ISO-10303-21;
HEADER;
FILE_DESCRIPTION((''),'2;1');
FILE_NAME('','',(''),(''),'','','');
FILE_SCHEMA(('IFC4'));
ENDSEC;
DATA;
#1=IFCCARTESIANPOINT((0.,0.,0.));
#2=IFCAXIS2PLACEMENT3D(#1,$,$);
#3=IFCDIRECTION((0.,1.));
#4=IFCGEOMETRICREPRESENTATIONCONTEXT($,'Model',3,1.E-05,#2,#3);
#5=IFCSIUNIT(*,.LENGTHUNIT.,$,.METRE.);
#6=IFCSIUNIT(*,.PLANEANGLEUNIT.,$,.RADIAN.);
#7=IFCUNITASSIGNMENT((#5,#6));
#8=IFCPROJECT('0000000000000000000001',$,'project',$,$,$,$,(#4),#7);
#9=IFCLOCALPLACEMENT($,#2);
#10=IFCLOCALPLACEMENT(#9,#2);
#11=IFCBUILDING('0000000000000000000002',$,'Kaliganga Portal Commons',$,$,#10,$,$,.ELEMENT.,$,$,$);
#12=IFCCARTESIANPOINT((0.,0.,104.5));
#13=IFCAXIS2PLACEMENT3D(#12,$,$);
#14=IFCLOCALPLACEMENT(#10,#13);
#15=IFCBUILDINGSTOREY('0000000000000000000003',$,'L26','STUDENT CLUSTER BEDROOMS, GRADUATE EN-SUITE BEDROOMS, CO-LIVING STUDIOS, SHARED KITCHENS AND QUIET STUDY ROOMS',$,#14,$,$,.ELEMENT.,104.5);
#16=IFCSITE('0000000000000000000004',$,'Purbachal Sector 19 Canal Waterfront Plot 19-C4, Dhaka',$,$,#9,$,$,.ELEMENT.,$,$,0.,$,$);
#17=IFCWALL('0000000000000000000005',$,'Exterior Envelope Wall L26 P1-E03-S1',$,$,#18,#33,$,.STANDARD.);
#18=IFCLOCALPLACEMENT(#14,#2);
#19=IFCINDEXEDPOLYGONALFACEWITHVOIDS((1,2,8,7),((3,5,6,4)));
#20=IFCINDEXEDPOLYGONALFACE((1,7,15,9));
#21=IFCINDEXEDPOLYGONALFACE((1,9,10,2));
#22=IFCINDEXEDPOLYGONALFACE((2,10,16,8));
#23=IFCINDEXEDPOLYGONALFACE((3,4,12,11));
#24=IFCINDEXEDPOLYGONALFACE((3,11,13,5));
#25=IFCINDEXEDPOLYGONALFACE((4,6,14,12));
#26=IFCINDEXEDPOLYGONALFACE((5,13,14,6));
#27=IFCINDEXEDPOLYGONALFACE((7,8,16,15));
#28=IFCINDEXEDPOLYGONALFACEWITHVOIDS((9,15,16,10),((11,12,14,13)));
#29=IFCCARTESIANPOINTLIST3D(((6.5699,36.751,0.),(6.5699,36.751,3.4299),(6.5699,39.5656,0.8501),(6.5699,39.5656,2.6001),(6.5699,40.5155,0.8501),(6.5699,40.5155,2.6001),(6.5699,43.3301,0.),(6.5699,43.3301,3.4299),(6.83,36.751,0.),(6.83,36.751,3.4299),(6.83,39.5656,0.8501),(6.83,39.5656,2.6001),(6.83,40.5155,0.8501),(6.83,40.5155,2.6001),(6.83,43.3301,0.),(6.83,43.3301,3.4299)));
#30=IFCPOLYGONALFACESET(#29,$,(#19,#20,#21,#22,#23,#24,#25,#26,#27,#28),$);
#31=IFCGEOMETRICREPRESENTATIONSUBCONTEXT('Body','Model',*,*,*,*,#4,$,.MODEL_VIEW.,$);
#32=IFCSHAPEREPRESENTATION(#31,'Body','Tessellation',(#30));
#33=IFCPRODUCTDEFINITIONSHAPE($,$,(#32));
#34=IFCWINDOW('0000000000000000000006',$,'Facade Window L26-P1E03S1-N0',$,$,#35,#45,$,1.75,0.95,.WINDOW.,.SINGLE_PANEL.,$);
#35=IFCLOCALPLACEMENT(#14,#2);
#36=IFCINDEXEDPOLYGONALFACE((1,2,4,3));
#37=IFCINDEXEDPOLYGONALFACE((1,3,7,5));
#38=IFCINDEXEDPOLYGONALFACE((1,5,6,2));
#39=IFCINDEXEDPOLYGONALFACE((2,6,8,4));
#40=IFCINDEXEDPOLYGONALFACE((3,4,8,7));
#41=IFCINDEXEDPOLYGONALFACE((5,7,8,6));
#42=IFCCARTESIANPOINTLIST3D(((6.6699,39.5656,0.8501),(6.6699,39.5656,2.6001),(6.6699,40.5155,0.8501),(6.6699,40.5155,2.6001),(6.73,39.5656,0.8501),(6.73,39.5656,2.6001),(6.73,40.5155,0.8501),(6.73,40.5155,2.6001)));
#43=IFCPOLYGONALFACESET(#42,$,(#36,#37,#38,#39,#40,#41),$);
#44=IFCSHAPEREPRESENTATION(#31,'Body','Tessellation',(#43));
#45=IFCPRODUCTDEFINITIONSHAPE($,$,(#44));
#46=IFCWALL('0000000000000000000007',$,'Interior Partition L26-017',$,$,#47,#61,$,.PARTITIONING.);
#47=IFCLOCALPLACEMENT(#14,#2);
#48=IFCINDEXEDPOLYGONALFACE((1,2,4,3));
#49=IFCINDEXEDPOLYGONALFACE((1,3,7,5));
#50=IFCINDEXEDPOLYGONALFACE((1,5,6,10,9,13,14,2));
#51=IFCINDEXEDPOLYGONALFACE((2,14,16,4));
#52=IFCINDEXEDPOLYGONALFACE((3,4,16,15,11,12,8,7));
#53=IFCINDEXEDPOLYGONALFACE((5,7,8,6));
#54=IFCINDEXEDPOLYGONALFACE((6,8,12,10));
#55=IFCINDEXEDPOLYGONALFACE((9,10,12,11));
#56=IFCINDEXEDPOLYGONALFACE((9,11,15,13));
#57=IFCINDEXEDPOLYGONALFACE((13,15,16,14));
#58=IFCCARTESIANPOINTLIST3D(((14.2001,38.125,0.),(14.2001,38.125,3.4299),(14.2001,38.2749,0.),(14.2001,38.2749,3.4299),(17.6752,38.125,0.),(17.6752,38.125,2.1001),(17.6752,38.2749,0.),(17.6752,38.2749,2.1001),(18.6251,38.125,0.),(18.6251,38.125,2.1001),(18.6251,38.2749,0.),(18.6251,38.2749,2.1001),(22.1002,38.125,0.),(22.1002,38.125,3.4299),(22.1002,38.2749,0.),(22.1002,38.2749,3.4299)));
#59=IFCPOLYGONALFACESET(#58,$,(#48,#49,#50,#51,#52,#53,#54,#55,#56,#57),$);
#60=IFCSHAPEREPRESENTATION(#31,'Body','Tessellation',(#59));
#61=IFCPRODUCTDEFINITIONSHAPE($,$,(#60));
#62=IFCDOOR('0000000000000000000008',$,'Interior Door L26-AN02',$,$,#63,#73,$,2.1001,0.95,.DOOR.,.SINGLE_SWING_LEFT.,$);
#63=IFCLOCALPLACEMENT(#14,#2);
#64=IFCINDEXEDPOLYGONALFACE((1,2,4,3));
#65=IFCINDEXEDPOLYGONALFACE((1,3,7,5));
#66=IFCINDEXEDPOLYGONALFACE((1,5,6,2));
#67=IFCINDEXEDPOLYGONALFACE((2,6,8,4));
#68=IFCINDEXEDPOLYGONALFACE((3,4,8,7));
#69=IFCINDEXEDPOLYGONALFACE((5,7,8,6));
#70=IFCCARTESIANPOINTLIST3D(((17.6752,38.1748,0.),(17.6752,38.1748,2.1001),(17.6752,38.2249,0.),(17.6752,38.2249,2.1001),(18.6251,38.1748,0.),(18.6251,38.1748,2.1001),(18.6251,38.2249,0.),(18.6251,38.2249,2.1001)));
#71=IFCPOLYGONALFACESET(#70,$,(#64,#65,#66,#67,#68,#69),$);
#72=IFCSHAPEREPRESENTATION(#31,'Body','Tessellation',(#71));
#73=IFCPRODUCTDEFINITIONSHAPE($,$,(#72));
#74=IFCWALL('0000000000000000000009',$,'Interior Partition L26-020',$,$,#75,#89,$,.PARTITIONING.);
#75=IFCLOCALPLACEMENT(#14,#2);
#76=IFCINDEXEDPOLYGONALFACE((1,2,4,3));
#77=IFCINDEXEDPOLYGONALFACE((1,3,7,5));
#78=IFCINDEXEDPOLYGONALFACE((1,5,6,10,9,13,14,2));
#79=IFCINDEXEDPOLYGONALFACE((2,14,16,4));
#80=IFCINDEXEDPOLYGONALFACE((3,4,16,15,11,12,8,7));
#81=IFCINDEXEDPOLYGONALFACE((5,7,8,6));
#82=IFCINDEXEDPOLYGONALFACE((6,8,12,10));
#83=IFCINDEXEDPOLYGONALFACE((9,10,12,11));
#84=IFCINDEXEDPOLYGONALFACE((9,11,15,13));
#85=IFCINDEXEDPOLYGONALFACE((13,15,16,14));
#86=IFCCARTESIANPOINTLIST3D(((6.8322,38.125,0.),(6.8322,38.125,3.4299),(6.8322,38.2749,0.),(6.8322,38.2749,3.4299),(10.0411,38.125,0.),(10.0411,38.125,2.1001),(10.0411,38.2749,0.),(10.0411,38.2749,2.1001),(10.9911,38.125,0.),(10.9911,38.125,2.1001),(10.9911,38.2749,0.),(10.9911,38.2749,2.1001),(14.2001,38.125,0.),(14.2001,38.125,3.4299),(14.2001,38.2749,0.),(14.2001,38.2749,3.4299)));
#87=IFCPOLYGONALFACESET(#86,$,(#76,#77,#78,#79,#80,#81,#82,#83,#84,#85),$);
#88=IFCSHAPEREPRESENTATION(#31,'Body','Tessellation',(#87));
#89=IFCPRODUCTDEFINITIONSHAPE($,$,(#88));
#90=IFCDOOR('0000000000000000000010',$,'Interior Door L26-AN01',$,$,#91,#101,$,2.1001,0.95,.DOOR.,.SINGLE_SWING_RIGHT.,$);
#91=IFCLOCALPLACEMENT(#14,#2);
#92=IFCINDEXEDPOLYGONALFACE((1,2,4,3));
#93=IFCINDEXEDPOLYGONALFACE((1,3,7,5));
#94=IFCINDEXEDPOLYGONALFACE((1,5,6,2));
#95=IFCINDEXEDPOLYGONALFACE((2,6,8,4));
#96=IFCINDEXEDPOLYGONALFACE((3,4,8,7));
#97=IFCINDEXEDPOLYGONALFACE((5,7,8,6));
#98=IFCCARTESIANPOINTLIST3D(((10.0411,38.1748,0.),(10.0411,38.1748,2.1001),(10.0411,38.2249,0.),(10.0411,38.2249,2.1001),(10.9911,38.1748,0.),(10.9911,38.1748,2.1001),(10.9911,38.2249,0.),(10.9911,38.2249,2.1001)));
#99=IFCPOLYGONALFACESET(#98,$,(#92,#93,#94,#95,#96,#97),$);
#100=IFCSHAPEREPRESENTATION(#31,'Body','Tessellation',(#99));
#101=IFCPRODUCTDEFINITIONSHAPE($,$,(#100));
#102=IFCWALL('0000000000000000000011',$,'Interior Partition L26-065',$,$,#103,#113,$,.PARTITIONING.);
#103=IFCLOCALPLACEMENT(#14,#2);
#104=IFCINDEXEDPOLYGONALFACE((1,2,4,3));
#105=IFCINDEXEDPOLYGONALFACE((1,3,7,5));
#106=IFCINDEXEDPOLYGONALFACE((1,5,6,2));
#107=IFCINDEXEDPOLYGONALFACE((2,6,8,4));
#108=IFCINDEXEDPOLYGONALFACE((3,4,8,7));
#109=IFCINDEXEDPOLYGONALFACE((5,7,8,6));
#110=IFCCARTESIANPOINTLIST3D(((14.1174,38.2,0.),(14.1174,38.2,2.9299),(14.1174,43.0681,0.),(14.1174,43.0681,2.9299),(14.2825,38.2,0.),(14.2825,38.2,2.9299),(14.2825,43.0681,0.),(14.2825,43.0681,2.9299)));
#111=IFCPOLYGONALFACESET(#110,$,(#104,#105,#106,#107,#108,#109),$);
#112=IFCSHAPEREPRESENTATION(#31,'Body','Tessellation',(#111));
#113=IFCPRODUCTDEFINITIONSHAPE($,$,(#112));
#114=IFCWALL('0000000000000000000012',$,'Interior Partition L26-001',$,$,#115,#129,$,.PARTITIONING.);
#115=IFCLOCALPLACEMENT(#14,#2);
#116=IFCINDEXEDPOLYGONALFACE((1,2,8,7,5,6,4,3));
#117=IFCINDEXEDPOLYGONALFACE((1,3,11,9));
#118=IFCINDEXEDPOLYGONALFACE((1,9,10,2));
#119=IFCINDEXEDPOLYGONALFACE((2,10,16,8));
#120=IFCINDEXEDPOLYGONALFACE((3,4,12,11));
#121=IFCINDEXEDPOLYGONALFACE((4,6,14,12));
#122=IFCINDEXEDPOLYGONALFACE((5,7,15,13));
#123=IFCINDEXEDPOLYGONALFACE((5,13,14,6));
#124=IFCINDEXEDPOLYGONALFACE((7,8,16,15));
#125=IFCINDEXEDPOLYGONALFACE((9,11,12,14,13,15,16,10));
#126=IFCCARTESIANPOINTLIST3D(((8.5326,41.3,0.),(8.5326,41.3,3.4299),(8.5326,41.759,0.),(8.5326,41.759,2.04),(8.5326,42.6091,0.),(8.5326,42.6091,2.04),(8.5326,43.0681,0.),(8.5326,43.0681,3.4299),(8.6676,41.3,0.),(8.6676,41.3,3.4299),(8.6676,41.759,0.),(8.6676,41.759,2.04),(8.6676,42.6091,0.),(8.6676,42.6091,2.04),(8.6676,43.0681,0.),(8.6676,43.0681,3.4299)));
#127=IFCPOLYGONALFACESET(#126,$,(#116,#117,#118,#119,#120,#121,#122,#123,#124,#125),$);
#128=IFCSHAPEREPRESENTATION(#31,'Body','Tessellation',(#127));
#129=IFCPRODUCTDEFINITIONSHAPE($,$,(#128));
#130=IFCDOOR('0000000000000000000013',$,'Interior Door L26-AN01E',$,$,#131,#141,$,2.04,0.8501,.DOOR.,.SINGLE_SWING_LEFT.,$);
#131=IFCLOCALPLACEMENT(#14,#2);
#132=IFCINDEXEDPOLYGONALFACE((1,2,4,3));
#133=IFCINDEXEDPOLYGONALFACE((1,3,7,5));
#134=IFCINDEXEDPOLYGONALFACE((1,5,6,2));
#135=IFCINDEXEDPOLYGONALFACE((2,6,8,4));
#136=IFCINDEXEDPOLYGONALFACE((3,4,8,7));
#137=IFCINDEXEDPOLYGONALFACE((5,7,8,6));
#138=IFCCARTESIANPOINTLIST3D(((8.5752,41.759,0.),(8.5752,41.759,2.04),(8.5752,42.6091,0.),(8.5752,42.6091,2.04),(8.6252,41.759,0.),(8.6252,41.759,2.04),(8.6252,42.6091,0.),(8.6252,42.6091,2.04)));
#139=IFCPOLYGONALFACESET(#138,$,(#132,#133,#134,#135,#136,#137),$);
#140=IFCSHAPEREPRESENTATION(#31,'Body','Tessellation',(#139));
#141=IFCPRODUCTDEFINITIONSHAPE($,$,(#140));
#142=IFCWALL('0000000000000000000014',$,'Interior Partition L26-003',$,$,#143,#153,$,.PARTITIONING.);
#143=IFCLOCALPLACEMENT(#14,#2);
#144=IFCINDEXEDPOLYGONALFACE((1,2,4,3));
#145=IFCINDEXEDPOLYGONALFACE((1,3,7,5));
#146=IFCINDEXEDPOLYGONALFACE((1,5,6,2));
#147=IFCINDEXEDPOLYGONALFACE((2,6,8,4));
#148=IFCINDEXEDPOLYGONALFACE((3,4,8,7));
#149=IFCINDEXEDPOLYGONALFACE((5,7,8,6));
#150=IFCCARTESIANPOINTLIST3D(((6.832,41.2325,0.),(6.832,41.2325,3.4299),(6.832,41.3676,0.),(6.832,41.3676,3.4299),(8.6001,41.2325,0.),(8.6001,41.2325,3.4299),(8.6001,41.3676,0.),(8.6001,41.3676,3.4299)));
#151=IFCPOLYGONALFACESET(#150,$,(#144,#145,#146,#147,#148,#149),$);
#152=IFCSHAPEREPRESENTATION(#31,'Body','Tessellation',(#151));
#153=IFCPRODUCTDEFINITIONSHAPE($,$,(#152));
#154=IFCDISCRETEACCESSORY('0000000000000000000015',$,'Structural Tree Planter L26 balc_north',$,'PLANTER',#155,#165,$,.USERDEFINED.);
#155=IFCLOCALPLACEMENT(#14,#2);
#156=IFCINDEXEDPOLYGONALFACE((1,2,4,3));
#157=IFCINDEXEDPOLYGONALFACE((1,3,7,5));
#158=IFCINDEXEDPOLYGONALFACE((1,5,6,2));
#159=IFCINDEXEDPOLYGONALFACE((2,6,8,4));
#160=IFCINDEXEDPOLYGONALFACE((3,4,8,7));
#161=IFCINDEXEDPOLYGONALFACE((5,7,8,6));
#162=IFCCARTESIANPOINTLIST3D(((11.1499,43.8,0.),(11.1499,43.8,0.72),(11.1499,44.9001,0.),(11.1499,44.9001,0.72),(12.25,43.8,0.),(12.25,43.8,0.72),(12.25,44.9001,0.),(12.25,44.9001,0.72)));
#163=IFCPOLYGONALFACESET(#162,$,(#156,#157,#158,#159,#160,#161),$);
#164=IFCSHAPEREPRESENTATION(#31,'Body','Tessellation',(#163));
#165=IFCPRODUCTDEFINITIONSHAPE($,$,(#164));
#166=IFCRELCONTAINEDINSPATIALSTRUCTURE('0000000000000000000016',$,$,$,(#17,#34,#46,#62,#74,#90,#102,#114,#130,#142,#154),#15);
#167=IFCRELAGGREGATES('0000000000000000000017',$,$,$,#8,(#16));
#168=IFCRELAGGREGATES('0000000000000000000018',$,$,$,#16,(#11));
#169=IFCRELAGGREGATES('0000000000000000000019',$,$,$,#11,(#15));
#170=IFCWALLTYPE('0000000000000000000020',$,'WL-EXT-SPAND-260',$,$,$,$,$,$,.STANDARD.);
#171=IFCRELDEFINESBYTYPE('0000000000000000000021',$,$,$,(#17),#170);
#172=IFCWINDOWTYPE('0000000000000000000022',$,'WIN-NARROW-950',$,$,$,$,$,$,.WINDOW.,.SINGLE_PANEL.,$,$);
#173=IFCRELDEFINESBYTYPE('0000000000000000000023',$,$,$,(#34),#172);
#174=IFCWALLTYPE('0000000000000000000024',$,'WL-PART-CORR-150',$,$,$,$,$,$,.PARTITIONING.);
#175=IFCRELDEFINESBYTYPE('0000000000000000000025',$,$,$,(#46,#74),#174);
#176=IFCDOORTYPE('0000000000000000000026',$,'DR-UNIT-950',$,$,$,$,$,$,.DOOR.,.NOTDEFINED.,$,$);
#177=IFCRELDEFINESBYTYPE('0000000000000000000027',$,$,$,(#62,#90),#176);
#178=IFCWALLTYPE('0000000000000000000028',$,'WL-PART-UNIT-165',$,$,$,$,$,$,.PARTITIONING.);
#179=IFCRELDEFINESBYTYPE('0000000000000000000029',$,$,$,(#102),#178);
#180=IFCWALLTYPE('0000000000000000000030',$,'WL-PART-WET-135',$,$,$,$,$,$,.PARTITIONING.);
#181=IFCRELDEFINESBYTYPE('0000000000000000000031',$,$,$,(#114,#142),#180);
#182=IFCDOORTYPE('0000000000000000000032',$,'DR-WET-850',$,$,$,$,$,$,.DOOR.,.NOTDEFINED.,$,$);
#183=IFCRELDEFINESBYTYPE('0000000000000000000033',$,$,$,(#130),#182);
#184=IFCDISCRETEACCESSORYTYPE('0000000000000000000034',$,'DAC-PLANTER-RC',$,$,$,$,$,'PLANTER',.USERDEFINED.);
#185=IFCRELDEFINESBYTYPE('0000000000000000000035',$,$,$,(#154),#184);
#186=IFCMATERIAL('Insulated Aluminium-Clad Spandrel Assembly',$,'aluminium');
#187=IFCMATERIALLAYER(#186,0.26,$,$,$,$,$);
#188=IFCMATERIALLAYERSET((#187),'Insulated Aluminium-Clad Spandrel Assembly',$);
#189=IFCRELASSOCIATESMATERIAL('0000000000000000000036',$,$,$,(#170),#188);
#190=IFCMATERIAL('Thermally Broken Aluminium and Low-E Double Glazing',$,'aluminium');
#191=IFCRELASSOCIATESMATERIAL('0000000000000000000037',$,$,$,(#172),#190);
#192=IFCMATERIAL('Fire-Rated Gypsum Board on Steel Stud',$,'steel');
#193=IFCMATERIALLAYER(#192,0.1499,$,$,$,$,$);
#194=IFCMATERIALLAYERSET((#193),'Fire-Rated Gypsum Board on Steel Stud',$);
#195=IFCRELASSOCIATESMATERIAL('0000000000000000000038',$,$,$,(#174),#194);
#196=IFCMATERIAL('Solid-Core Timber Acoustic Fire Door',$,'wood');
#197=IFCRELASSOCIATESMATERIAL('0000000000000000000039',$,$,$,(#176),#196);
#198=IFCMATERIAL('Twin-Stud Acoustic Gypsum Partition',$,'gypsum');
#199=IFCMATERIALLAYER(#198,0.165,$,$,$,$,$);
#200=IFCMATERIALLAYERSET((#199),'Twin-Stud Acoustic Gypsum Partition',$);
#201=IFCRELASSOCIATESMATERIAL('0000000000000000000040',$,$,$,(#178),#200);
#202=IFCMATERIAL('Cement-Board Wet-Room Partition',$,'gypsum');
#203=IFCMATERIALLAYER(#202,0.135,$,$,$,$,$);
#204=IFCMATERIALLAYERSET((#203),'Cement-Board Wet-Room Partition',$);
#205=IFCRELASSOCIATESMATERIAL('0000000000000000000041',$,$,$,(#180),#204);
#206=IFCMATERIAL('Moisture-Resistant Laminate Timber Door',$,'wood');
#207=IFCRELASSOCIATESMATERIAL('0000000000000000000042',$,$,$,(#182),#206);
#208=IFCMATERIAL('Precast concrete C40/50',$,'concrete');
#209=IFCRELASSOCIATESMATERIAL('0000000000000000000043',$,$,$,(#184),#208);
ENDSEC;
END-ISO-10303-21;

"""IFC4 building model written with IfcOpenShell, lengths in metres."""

from ifc_helpers import new_model, si_unit, direction, frame, frame_2d, origin, origin_2d, place, context, subcontext, project, spatial, rectangle, extrude, source, transform, mapped, material, layer, layer_set, type_object, element, fill, save


model = new_model("IFC4")

# Units and contexts
model_context = context("Model", 3, precision=1e-05, world=origin(), true_north=direction((0.0, 1.0)))
body_context = subcontext(model_context, "Body", "Model", "MODEL_VIEW")
ifc_project = project(units=[si_unit("LENGTHUNIT", "METRE"), si_unit("PLANEANGLEUNIT", "RADIAN")], contexts=[model_context])

# Site, building, storey
site_placement = place(None, origin())
site = spatial("IfcSite", under=ifc_project, at=site_placement, Name="Purbachal Sector 19 Canal Waterfront Plot 19-C4, Dhaka", CompositionType="ELEMENT", RefElevation=0.0)
building_placement = place(site_placement, origin())
building = spatial("IfcBuilding", under=site, at=building_placement, Name="Kaliganga Portal Commons", CompositionType="ELEMENT")
storey_placement = place(building_placement, frame((0.0, 0.0, 104.5)))
storey = spatial("IfcBuildingStorey", under=building, at=storey_placement, Name="L26", Description="STUDENT CLUSTER BEDROOMS, GRADUATE EN-SUITE BEDROOMS, CO-LIVING STUDIOS, SHARED KITCHENS AND QUIET STUDY ROOMS", CompositionType="ELEMENT", Elevation=104.5)

# Shared definitions
ifc_material_1 = material(Name="Insulated Aluminium-Clad Spandrel Assembly", Category="aluminium")
ifc_layer_1 = layer(ifc_material_1, 0.26)
ifc_layer_set_1 = layer_set([ifc_layer_1], Name="Insulated Aluminium-Clad Spandrel Assembly")
wall_type_1 = type_object("IfcWallType", Name="WL-EXT-SPAND-260", PredefinedType="STANDARD", material=ifc_layer_set_1)
ifc_material_2 = material(Name="Thermally Broken Aluminium and Low-E Double Glazing", Category="aluminium")
window_type_1 = type_object("IfcWindowType", Name="WIN-NARROW-950", PartitioningType="SINGLE_PANEL", PredefinedType="WINDOW", material=ifc_material_2)

# Wall, opening, window
wall_1_placement = place(storey_placement, frame((6.7, 36.751, 0.0), z_axis=(0.0, 0.0, 1.0), x_axis=(0.0, 1.0, 0.0)))
wall_1 = element("IfcWall", 1, at=wall_1_placement, inside=storey, type_object=wall_type_1, Name="Exterior Envelope Wall L26 P1-E03-S1", PredefinedType="STANDARD", context=body_context, shape_type="SweptSolid", body=[
    extrude(rectangle(XDim=6.5791, YDim=0.26, at=frame_2d((3.2896, 0.0))), origin(), (0.0, 0.0, 1.0), 3.4299),
])
opening_1_placement = place(wall_1_placement, frame((2.8145, 0.0, 0.8501)))
opening_1 = element("IfcOpeningElement", 2, at=opening_1_placement, cuts=wall_1, PredefinedType="OPENING", context=body_context, shape_type="SweptSolid", body=[
    extrude(rectangle(XDim=0.95, YDim=1.75, at=frame_2d((0.4751, 0.875))), frame((0.0, 0.1401, 0.0), z_axis=(0.0, -1.0, 0.0), x_axis=(1.0, 0.0, 0.0)), (0.0, 0.0, 1.0), 0.28),
])
window_1_placement = place(opening_1_placement, origin())
window_1 = element("IfcWindow", 3, at=window_1_placement, inside=storey, type_object=window_type_1, Name="Facade Window L26-P1E03S1-N0", OverallHeight=1.75, OverallWidth=0.95, PartitioningType="SINGLE_PANEL", PredefinedType="WINDOW", context=body_context, shape_type="SweptSolid", body=[
    extrude(rectangle(XDim=0.95, YDim=1.75, at=frame_2d((0.4751, 0.875))), frame((0.0, 0.03, 0.0), z_axis=(0.0, -1.0, 0.0), x_axis=(1.0, 0.0, 0.0)), (0.0, 0.0, 1.0), 0.0601),
])
fill(opening_1, window_1)

# Walls, openings, doors
ifc_material_3 = material(Name="Fire-Rated Gypsum Board on Steel Stud", Category="steel")
ifc_layer_2 = layer(ifc_material_3, 0.1499)
ifc_layer_set_2 = layer_set([ifc_layer_2], Name="Fire-Rated Gypsum Board on Steel Stud")
wall_type_2 = type_object("IfcWallType", Name="WL-PART-CORR-150", PredefinedType="PARTITIONING", material=ifc_layer_set_2)
wall_2_placement = place(storey_placement, frame((14.2, 38.2, 0.0), z_axis=(0.0, 0.0, 1.0), x_axis=(1.0, 0.0, 0.0)))
wall_2 = element("IfcWall", 4, at=wall_2_placement, inside=storey, type_object=wall_type_2, Name="Interior Partition L26-017", PredefinedType="PARTITIONING", context=body_context, shape_type="SweptSolid", body=[
    extrude(rectangle(XDim=7.9001, YDim=0.1499, at=frame_2d((3.9502, 0.0))), origin(), (0.0, 0.0, 1.0), 3.4299),
])
opening_2_placement = place(wall_2_placement, frame((3.4751, 0.0, 0.0)))
opening_2 = element("IfcOpeningElement", 5, at=opening_2_placement, cuts=wall_2, PredefinedType="OPENING", context=body_context, shape_type="SweptSolid", body=[
    extrude(rectangle(XDim=0.95, YDim=2.1001, at=frame_2d((0.4751, 1.05))), frame((0.0, 0.085, 0.0), z_axis=(0.0, -1.0, 0.0), x_axis=(1.0, 0.0, 0.0)), (0.0, 0.0, 1.0), 0.1699),
])
ifc_material_4 = material(Name="Solid-Core Timber Acoustic Fire Door", Category="wood")
door_type_1 = type_object("IfcDoorType", Name="DR-UNIT-950", OperationType="NOTDEFINED", PredefinedType="DOOR", material=ifc_material_4)
door_1_placement = place(opening_2_placement, origin())
door_1 = element("IfcDoor", 6, at=door_1_placement, inside=storey, type_object=door_type_1, Name="Interior Door L26-AN02", OperationType="SINGLE_SWING_LEFT", OverallHeight=2.1001, OverallWidth=0.95, PredefinedType="DOOR", context=body_context, shape_type="SweptSolid", body=[
    extrude(rectangle(XDim=0.95, YDim=2.1001, at=frame_2d((0.4751, 1.05))), frame((0.0, 0.0249, 0.0), z_axis=(0.0, -1.0, 0.0), x_axis=(1.0, 0.0, 0.0)), (0.0, 0.0, 1.0), 0.05),
])
fill(opening_2, door_1)
wall_3_placement = place(storey_placement, frame((6.832, 38.2, 0.0), z_axis=(0.0, 0.0, 1.0), x_axis=(1.0, 0.0, 0.0)))
wall_3 = element("IfcWall", 7, at=wall_3_placement, inside=storey, type_object=wall_type_2, Name="Interior Partition L26-020", PredefinedType="PARTITIONING", context=body_context, shape_type="SweptSolid", body=[
    extrude(rectangle(XDim=7.3679, YDim=0.1499, at=frame_2d((3.6841, 0.0))), origin(), (0.0, 0.0, 1.0), 3.4299),
])
opening_3_placement = place(wall_3_placement, frame((3.209, 0.0, 0.0)))
opening_3 = element("IfcOpeningElement", 8, at=opening_3_placement, cuts=wall_3, PredefinedType="OPENING", context=body_context, shape_type="SweptSolid", body=[
    extrude(rectangle(XDim=0.95, YDim=2.1001, at=frame_2d((0.4751, 1.05))), frame((0.0, 0.085, 0.0), z_axis=(0.0, -1.0, 0.0), x_axis=(1.0, 0.0, 0.0)), (0.0, 0.0, 1.0), 0.1699),
])
door_2_placement = place(opening_3_placement, origin())
door_2 = element("IfcDoor", 9, at=door_2_placement, inside=storey, type_object=door_type_1, Name="Interior Door L26-AN01", OperationType="SINGLE_SWING_RIGHT", OverallHeight=2.1001, OverallWidth=0.95, PredefinedType="DOOR", context=body_context, shape_type="SweptSolid", body=[
    extrude(rectangle(XDim=0.95, YDim=2.1001, at=frame_2d((0.4751, 1.05))), frame((0.0, 0.0249, 0.0), z_axis=(0.0, -1.0, 0.0), x_axis=(1.0, 0.0, 0.0)), (0.0, 0.0, 1.0), 0.05),
])
fill(opening_3, door_2)

# Wall
ifc_material_5 = material(Name="Twin-Stud Acoustic Gypsum Partition", Category="gypsum")
ifc_layer_3 = layer(ifc_material_5, 0.165)
ifc_layer_set_3 = layer_set([ifc_layer_3], Name="Twin-Stud Acoustic Gypsum Partition")
wall_type_3 = type_object("IfcWallType", Name="WL-PART-UNIT-165", PredefinedType="PARTITIONING", material=ifc_layer_set_3)
wall_4_placement = place(storey_placement, frame((14.2, 38.2, 0.0), z_axis=(0.0, 0.0, 1.0), x_axis=(0.0, 1.0, 0.0)))
element("IfcWall", 10, at=wall_4_placement, inside=storey, type_object=wall_type_3, Name="Interior Partition L26-065", PredefinedType="PARTITIONING", context=body_context, shape_type="SweptSolid", body=[
    extrude(rectangle(XDim=4.8682, YDim=0.165, at=frame_2d((2.4341, 0.0))), origin(), (0.0, 0.0, 1.0), 2.9299),
])

# Wall, opening, door
ifc_material_6 = material(Name="Cement-Board Wet-Room Partition", Category="gypsum")
ifc_layer_4 = layer(ifc_material_6, 0.135)
ifc_layer_set_4 = layer_set([ifc_layer_4], Name="Cement-Board Wet-Room Partition")
wall_type_4 = type_object("IfcWallType", Name="WL-PART-WET-135", PredefinedType="PARTITIONING", material=ifc_layer_set_4)
wall_5_placement = place(storey_placement, frame((8.6001, 41.3, 0.0), z_axis=(0.0, 0.0, 1.0), x_axis=(0.0, 1.0, 0.0)))
wall_5 = element("IfcWall", 11, at=wall_5_placement, inside=storey, type_object=wall_type_4, Name="Interior Partition L26-001", PredefinedType="PARTITIONING", context=body_context, shape_type="SweptSolid", body=[
    extrude(rectangle(XDim=1.7681, YDim=0.135, at=frame_2d((0.884, 0.0))), origin(), (0.0, 0.0, 1.0), 3.4299),
])
opening_4_placement = place(wall_5_placement, frame((0.459, 0.0, 0.0)))
opening_4 = element("IfcOpeningElement", 12, at=opening_4_placement, cuts=wall_5, PredefinedType="OPENING", context=body_context, shape_type="SweptSolid", body=[
    extrude(rectangle(XDim=0.8501, YDim=2.04, at=frame_2d((0.425, 1.02))), frame((0.0, 0.0776, 0.0), z_axis=(0.0, -1.0, 0.0), x_axis=(1.0, 0.0, 0.0)), (0.0, 0.0, 1.0), 0.155),
])
ifc_material_7 = material(Name="Moisture-Resistant Laminate Timber Door", Category="wood")
door_type_2 = type_object("IfcDoorType", Name="DR-WET-850", OperationType="NOTDEFINED", PredefinedType="DOOR", material=ifc_material_7)
door_3_placement = place(opening_4_placement, origin())
door_3 = element("IfcDoor", 13, at=door_3_placement, inside=storey, type_object=door_type_2, Name="Interior Door L26-AN01E", OperationType="SINGLE_SWING_LEFT", OverallHeight=2.04, OverallWidth=0.8501, PredefinedType="DOOR", context=body_context, shape_type="SweptSolid", body=[
    extrude(rectangle(XDim=0.8501, YDim=2.04, at=frame_2d((0.425, 1.02))), frame((0.0, 0.0249, 0.0), z_axis=(0.0, -1.0, 0.0), x_axis=(1.0, 0.0, 0.0)), (0.0, 0.0, 1.0), 0.05),
])
fill(opening_4, door_3)

# Wall
wall_6_placement = place(storey_placement, frame((6.832, 41.3, 0.0), z_axis=(0.0, 0.0, 1.0), x_axis=(1.0, 0.0, 0.0)))
element("IfcWall", 14, at=wall_6_placement, inside=storey, type_object=wall_type_4, Name="Interior Partition L26-003", PredefinedType="PARTITIONING", context=body_context, shape_type="SweptSolid", body=[
    extrude(rectangle(XDim=1.7681, YDim=0.135, at=frame_2d((0.884, 0.0))), origin(), (0.0, 0.0, 1.0), 3.4299),
])

# Discrete accessory
ifc_material_8 = material(Name="Precast concrete C40/50", Category="concrete")
discrete_accessory_type = type_object("IfcDiscreteAccessoryType", Name="DAC-PLANTER-RC", ElementType="PLANTER", PredefinedType="USERDEFINED", material=ifc_material_8)
shared_shape_1 = source(origin(), body_context, "Body", "SweptSolid", [
    extrude(rectangle(XDim=1.1001, YDim=1.1001, at=origin_2d()), origin(), (0.0, 0.0, 1.0), 0.72),
])
discrete_accessory_placement = place(storey_placement, frame((11.7, 44.3501, 0.0), z_axis=(0.0, 0.0, 1.0), x_axis=(1.0, 0.0, 0.0)))
element("IfcDiscreteAccessory", 15, at=discrete_accessory_placement, inside=storey, type_object=discrete_accessory_type, Name="Structural Tree Planter L26 balc_north", ObjectType="PLANTER", PredefinedType="USERDEFINED", context=body_context, shape_type="MappedRepresentation", body=[
    mapped(shared_shape_1, transform((0.0, 0.0, 0.0), x_axis=(1.0, 0.0, 0.0), y_axis=(0.0, 1.0, 0.0), z_axis=(0.0, 0.0, 1.0), scale=1.0)),
])

save(model, "model.ifc")
